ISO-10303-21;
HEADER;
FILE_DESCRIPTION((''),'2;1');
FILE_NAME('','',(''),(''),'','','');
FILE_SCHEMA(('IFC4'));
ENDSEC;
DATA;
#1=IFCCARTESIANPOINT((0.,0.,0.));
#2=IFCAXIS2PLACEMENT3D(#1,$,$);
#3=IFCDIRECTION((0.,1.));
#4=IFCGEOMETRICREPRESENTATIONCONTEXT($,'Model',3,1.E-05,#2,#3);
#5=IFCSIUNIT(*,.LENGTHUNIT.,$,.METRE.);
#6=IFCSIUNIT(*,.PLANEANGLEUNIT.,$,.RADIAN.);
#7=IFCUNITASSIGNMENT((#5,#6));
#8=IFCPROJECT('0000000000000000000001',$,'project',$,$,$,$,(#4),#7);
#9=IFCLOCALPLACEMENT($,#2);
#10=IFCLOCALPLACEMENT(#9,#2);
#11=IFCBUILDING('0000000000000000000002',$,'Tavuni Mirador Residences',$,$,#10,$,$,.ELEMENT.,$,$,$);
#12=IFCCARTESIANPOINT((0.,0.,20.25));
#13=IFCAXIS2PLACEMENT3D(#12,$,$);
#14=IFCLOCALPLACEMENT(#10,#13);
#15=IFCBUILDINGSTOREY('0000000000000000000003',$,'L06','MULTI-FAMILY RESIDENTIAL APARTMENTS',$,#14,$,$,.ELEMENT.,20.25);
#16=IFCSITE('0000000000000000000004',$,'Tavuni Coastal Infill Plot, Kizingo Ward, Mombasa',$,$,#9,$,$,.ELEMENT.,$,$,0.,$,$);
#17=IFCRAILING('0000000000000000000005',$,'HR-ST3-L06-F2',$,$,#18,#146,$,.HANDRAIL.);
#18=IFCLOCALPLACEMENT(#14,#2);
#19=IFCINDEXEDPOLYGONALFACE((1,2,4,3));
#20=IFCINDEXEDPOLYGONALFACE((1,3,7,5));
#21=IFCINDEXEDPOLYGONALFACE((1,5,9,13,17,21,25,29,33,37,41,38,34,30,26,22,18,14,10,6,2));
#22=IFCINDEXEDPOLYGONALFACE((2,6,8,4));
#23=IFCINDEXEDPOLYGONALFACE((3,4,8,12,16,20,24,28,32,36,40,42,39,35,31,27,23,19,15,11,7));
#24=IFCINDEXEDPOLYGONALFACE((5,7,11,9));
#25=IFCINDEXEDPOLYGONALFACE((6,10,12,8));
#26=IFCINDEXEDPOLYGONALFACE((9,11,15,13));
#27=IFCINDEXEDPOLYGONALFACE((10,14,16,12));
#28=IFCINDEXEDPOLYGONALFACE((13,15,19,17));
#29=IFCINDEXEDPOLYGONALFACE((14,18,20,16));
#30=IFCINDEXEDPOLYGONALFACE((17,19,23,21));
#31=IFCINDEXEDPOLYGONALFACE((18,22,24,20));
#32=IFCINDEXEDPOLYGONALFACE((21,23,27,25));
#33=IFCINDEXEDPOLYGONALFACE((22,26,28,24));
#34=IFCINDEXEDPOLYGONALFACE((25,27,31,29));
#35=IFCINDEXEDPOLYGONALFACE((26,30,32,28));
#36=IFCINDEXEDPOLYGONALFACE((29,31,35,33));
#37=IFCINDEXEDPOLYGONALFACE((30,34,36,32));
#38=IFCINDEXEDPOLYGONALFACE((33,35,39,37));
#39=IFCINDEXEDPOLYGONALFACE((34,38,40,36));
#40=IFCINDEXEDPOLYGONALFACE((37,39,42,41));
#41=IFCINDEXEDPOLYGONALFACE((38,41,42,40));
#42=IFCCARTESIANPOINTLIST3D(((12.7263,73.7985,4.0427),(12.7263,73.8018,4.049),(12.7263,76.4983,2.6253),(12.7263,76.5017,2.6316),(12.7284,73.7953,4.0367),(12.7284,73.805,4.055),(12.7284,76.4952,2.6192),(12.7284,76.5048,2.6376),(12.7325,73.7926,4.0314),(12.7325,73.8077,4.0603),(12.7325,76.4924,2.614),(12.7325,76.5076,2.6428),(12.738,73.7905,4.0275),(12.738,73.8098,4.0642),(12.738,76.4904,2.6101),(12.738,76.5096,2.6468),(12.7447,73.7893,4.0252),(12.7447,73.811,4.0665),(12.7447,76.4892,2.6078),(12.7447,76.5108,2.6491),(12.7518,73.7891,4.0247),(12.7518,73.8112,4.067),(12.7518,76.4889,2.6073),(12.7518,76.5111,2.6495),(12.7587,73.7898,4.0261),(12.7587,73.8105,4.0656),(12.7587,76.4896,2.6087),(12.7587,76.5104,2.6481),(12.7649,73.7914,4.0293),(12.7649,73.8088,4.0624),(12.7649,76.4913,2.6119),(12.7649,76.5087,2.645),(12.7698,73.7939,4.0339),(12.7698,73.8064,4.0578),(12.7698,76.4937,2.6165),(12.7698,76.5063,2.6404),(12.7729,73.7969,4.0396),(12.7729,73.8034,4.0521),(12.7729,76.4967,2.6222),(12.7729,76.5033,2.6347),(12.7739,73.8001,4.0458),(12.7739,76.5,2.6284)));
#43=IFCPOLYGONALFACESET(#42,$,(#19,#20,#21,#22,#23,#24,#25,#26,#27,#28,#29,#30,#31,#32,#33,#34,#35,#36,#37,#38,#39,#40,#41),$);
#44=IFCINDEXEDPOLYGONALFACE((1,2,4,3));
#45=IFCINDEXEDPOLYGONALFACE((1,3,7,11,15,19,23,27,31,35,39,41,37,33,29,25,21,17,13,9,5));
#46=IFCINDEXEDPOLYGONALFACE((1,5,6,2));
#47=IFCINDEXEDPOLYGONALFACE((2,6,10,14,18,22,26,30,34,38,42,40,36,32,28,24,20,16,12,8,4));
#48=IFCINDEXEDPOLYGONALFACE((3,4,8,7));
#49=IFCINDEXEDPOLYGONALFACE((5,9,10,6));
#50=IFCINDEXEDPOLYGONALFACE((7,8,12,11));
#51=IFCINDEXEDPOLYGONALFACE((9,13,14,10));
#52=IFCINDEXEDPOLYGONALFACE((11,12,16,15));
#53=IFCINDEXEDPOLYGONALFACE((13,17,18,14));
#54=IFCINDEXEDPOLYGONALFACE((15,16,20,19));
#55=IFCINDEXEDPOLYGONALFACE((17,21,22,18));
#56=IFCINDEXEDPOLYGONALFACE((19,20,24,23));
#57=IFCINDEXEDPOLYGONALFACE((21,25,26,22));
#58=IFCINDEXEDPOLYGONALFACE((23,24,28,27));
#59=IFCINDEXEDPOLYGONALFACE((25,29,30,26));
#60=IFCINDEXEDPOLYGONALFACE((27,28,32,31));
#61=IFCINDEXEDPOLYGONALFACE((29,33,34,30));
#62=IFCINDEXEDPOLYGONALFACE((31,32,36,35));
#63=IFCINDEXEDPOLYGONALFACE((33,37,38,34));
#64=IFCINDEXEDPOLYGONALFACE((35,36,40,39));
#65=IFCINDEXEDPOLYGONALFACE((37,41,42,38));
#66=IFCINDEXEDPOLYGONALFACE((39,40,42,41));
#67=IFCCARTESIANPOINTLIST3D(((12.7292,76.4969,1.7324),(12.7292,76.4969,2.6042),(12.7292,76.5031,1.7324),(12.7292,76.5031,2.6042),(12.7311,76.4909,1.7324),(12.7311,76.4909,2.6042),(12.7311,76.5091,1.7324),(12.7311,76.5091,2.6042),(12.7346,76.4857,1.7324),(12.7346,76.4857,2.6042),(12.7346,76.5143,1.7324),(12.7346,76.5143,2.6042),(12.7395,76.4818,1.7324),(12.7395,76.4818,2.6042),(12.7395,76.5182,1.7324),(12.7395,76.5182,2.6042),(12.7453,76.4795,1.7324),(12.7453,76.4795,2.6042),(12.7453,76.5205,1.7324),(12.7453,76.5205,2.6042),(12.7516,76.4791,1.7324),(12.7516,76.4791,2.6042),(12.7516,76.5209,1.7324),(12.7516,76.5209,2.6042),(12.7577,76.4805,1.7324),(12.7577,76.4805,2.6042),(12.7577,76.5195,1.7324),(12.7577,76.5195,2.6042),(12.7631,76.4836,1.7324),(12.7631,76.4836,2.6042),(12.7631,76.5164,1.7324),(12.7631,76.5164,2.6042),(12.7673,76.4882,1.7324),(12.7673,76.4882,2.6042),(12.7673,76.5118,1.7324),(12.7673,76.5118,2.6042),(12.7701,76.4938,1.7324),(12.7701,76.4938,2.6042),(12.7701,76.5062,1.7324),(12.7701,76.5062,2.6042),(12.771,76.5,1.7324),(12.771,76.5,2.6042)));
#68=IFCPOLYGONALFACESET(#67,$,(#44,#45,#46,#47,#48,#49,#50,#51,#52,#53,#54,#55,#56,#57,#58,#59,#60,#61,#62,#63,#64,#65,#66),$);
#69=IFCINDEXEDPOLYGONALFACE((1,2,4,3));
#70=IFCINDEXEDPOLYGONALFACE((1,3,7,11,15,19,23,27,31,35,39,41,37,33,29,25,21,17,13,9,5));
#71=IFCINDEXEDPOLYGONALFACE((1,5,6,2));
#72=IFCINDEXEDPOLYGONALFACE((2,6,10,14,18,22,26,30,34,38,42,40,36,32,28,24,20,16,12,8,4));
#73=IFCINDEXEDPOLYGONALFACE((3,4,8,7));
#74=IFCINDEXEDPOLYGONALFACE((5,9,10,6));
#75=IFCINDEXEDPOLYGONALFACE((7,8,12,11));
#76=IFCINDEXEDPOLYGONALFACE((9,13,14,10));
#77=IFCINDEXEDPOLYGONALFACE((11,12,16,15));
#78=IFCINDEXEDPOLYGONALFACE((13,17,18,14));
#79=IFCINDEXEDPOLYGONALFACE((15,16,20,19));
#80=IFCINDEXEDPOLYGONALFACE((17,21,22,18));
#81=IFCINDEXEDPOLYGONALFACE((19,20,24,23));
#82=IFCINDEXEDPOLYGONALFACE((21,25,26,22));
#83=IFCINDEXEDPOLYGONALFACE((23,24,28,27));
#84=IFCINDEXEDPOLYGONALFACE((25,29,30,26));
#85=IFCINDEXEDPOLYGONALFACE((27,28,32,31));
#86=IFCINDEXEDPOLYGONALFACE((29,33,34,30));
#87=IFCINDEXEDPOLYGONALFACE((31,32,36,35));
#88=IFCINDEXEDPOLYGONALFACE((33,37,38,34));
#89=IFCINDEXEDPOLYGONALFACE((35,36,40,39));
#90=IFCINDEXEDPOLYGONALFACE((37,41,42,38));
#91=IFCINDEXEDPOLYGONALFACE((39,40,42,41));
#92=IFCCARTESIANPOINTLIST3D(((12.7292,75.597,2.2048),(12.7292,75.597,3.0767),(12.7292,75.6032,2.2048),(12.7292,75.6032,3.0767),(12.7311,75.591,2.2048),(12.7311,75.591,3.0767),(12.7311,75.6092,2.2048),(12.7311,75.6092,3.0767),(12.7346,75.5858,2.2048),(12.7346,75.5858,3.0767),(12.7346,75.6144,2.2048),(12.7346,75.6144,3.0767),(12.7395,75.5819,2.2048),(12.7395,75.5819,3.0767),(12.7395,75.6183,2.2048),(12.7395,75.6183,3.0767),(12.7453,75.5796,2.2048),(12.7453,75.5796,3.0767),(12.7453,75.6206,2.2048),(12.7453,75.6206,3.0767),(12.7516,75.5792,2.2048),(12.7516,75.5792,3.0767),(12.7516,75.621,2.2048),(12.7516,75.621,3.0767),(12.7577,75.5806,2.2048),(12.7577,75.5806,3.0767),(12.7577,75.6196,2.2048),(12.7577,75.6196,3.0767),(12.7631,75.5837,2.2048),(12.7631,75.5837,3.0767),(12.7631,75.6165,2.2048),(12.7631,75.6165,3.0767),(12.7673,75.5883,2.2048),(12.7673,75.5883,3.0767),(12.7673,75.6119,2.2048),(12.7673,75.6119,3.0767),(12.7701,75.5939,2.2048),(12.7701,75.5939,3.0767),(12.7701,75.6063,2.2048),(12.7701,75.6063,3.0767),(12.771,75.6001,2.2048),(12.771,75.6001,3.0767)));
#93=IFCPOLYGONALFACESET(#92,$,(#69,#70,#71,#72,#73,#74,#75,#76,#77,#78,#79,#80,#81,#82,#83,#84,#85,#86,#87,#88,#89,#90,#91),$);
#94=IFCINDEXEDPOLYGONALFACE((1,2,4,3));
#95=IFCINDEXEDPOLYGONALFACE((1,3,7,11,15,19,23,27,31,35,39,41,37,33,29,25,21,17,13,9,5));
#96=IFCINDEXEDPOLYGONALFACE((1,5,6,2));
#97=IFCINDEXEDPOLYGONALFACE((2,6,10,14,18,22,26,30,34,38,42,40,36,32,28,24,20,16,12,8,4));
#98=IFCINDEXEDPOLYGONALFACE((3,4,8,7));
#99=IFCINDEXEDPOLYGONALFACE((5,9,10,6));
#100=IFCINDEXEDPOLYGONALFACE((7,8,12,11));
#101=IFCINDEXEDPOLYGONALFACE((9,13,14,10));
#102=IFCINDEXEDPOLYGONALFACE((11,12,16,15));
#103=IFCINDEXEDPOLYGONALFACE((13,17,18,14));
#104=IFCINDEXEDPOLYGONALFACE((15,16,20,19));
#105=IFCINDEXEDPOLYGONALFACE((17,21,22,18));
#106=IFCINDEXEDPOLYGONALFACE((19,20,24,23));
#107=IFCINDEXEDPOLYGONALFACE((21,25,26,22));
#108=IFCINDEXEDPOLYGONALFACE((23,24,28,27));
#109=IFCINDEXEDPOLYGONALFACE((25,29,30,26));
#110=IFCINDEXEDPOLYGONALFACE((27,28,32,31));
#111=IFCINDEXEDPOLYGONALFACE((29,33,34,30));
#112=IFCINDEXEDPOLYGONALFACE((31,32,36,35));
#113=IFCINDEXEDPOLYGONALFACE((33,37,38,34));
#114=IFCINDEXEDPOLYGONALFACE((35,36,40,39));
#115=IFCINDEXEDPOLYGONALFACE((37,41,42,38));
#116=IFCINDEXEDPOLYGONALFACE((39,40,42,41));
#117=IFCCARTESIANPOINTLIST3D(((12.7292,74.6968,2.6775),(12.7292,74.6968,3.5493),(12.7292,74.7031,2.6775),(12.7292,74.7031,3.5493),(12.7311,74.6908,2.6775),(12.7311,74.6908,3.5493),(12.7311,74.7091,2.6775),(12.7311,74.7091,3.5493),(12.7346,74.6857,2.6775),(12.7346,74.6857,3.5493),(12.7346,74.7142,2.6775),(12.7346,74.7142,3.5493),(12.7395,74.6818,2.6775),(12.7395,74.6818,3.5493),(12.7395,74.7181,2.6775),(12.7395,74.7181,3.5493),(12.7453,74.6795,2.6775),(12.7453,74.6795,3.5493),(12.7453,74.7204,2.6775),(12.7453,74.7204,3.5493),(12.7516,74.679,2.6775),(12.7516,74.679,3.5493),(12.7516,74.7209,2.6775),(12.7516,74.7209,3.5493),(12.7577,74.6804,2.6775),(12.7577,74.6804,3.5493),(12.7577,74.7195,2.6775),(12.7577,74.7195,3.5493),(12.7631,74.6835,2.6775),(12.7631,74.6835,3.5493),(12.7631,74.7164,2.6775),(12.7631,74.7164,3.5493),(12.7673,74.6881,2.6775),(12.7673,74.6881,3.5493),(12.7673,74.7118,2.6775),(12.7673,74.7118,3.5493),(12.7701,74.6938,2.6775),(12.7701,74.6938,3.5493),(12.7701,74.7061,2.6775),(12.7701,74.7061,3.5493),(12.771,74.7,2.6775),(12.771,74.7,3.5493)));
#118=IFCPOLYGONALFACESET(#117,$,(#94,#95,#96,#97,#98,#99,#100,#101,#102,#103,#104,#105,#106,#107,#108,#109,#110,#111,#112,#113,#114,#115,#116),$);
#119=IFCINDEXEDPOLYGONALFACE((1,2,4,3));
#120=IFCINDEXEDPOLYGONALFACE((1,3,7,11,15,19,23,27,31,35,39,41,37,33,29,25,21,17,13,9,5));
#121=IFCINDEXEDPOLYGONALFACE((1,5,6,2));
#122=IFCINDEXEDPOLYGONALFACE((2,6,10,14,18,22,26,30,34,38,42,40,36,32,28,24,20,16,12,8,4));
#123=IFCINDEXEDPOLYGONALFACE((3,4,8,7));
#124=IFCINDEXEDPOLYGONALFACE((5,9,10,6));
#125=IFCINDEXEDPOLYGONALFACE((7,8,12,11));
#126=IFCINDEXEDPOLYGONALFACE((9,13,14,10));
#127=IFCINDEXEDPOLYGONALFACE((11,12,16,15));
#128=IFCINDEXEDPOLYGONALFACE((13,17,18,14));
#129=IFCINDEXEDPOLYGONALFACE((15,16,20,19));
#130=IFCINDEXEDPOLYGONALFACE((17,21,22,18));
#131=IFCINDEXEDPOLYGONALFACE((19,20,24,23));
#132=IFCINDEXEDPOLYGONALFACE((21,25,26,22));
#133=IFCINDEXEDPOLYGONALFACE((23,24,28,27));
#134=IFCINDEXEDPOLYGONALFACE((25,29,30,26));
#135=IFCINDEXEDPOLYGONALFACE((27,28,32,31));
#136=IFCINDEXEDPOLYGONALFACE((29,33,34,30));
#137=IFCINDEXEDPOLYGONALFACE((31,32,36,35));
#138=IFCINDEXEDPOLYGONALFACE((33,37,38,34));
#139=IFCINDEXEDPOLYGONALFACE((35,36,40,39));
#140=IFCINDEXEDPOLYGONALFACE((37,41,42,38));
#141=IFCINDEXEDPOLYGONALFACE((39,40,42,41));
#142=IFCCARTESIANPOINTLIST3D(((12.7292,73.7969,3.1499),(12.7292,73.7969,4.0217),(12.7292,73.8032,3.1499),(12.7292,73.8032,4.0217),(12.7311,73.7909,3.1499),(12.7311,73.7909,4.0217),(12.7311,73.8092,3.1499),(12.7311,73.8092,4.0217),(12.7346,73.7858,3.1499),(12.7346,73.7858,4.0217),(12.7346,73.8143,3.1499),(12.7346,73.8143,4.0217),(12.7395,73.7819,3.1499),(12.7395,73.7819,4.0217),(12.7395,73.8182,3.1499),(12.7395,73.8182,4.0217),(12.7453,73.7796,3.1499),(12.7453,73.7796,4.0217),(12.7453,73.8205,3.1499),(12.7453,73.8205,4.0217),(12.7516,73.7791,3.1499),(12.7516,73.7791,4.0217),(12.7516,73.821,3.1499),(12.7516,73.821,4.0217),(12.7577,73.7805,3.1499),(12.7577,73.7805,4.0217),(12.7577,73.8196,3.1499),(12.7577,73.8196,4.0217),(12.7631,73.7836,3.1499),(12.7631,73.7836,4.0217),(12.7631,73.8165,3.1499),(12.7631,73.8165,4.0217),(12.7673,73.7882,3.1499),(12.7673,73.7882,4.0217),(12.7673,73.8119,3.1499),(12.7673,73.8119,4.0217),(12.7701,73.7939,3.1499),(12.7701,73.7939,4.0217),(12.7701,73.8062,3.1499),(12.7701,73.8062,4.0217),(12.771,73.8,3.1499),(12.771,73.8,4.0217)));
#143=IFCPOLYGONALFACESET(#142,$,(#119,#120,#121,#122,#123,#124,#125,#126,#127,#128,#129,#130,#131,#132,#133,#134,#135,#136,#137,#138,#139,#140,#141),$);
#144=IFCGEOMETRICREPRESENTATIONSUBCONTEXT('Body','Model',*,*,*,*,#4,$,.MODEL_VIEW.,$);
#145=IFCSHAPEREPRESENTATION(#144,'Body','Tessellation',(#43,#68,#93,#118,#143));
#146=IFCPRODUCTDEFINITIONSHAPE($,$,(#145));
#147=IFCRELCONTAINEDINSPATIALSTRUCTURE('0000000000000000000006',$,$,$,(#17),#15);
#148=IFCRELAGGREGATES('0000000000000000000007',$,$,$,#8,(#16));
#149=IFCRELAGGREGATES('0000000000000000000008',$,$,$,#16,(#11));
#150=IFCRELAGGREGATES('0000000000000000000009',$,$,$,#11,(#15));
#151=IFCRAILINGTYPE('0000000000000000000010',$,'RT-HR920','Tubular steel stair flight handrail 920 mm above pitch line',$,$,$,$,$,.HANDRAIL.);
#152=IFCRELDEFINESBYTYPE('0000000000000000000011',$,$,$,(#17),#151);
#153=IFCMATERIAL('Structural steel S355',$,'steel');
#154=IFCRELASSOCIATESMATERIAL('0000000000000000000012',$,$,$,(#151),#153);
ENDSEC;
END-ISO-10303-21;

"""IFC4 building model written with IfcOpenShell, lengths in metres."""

from ifc_helpers import new_model, si_unit, direction, frame, origin, origin_2d, place, context, subcontext, project, spatial, circle, extrude, material, type_object, element, save


model = new_model("IFC4")

# Units and contexts
model_context = context("Model", 3, precision=1e-05, world=origin(), true_north=direction((0.0, 1.0)))
body_context = subcontext(model_context, "Body", "Model", "MODEL_VIEW")
ifc_project = project(units=[si_unit("LENGTHUNIT", "METRE"), si_unit("PLANEANGLEUNIT", "RADIAN")], contexts=[model_context])

# Site, building, storey
site_placement = place(None, origin())
site = spatial("IfcSite", under=ifc_project, at=site_placement, Name="Tavuni Coastal Infill Plot, Kizingo Ward, Mombasa", CompositionType="ELEMENT", RefElevation=0.0)
building_placement = place(site_placement, origin())
building = spatial("IfcBuilding", under=site, at=building_placement, Name="Tavuni Mirador Residences", CompositionType="ELEMENT")
storey_placement = place(building_placement, frame((0.0, 0.0, 20.25)))
storey = spatial("IfcBuildingStorey", under=building, at=storey_placement, Name="L06", Description="MULTI-FAMILY RESIDENTIAL APARTMENTS", CompositionType="ELEMENT", Elevation=20.25)

# Shared definitions
ifc_material_1 = material(Name="Structural steel S355", Category="steel")

# Railing
railing_type_1 = type_object("IfcRailingType", Name="RT-HR920", Description="Tubular steel stair flight handrail 920 mm above pitch line", PredefinedType="HANDRAIL", material=ifc_material_1)
railing_1_placement = place(storey_placement, frame((12.75, 76.5, 1.7324)))
element("IfcRailing", 1, at=railing_1_placement, inside=storey, type_object=railing_type_1, Name="HR-ST3-L06-F2", PredefinedType="HANDRAIL", context=body_context, shape_type="SweptSolid", body=[
    extrude(circle(Radius=0.0239, at=origin_2d()), frame((0.0, 0.0, 0.896), z_axis=(0.0, -0.885397, 0.464835), x_axis=(1.0, 0.0, 0.0)), (0.0, 0.0, 1.0), 3.0493),
    extrude(circle(Radius=0.021, at=origin_2d()), origin(), (0.0, 0.0, 1.0), 0.8718),
    extrude(circle(Radius=0.021, at=origin_2d()), frame((0.0, -0.8999, 0.4724)), (0.0, 0.0, 1.0), 0.8718),
    extrude(circle(Radius=0.021, at=origin_2d()), frame((0.0, -1.8, 0.9451)), (0.0, 0.0, 1.0), 0.8718),
    extrude(circle(Radius=0.021, at=origin_2d()), frame((0.0, -2.7, 1.4175)), (0.0, 0.0, 1.0), 0.8718),
])

save(model, "model.ifc")
